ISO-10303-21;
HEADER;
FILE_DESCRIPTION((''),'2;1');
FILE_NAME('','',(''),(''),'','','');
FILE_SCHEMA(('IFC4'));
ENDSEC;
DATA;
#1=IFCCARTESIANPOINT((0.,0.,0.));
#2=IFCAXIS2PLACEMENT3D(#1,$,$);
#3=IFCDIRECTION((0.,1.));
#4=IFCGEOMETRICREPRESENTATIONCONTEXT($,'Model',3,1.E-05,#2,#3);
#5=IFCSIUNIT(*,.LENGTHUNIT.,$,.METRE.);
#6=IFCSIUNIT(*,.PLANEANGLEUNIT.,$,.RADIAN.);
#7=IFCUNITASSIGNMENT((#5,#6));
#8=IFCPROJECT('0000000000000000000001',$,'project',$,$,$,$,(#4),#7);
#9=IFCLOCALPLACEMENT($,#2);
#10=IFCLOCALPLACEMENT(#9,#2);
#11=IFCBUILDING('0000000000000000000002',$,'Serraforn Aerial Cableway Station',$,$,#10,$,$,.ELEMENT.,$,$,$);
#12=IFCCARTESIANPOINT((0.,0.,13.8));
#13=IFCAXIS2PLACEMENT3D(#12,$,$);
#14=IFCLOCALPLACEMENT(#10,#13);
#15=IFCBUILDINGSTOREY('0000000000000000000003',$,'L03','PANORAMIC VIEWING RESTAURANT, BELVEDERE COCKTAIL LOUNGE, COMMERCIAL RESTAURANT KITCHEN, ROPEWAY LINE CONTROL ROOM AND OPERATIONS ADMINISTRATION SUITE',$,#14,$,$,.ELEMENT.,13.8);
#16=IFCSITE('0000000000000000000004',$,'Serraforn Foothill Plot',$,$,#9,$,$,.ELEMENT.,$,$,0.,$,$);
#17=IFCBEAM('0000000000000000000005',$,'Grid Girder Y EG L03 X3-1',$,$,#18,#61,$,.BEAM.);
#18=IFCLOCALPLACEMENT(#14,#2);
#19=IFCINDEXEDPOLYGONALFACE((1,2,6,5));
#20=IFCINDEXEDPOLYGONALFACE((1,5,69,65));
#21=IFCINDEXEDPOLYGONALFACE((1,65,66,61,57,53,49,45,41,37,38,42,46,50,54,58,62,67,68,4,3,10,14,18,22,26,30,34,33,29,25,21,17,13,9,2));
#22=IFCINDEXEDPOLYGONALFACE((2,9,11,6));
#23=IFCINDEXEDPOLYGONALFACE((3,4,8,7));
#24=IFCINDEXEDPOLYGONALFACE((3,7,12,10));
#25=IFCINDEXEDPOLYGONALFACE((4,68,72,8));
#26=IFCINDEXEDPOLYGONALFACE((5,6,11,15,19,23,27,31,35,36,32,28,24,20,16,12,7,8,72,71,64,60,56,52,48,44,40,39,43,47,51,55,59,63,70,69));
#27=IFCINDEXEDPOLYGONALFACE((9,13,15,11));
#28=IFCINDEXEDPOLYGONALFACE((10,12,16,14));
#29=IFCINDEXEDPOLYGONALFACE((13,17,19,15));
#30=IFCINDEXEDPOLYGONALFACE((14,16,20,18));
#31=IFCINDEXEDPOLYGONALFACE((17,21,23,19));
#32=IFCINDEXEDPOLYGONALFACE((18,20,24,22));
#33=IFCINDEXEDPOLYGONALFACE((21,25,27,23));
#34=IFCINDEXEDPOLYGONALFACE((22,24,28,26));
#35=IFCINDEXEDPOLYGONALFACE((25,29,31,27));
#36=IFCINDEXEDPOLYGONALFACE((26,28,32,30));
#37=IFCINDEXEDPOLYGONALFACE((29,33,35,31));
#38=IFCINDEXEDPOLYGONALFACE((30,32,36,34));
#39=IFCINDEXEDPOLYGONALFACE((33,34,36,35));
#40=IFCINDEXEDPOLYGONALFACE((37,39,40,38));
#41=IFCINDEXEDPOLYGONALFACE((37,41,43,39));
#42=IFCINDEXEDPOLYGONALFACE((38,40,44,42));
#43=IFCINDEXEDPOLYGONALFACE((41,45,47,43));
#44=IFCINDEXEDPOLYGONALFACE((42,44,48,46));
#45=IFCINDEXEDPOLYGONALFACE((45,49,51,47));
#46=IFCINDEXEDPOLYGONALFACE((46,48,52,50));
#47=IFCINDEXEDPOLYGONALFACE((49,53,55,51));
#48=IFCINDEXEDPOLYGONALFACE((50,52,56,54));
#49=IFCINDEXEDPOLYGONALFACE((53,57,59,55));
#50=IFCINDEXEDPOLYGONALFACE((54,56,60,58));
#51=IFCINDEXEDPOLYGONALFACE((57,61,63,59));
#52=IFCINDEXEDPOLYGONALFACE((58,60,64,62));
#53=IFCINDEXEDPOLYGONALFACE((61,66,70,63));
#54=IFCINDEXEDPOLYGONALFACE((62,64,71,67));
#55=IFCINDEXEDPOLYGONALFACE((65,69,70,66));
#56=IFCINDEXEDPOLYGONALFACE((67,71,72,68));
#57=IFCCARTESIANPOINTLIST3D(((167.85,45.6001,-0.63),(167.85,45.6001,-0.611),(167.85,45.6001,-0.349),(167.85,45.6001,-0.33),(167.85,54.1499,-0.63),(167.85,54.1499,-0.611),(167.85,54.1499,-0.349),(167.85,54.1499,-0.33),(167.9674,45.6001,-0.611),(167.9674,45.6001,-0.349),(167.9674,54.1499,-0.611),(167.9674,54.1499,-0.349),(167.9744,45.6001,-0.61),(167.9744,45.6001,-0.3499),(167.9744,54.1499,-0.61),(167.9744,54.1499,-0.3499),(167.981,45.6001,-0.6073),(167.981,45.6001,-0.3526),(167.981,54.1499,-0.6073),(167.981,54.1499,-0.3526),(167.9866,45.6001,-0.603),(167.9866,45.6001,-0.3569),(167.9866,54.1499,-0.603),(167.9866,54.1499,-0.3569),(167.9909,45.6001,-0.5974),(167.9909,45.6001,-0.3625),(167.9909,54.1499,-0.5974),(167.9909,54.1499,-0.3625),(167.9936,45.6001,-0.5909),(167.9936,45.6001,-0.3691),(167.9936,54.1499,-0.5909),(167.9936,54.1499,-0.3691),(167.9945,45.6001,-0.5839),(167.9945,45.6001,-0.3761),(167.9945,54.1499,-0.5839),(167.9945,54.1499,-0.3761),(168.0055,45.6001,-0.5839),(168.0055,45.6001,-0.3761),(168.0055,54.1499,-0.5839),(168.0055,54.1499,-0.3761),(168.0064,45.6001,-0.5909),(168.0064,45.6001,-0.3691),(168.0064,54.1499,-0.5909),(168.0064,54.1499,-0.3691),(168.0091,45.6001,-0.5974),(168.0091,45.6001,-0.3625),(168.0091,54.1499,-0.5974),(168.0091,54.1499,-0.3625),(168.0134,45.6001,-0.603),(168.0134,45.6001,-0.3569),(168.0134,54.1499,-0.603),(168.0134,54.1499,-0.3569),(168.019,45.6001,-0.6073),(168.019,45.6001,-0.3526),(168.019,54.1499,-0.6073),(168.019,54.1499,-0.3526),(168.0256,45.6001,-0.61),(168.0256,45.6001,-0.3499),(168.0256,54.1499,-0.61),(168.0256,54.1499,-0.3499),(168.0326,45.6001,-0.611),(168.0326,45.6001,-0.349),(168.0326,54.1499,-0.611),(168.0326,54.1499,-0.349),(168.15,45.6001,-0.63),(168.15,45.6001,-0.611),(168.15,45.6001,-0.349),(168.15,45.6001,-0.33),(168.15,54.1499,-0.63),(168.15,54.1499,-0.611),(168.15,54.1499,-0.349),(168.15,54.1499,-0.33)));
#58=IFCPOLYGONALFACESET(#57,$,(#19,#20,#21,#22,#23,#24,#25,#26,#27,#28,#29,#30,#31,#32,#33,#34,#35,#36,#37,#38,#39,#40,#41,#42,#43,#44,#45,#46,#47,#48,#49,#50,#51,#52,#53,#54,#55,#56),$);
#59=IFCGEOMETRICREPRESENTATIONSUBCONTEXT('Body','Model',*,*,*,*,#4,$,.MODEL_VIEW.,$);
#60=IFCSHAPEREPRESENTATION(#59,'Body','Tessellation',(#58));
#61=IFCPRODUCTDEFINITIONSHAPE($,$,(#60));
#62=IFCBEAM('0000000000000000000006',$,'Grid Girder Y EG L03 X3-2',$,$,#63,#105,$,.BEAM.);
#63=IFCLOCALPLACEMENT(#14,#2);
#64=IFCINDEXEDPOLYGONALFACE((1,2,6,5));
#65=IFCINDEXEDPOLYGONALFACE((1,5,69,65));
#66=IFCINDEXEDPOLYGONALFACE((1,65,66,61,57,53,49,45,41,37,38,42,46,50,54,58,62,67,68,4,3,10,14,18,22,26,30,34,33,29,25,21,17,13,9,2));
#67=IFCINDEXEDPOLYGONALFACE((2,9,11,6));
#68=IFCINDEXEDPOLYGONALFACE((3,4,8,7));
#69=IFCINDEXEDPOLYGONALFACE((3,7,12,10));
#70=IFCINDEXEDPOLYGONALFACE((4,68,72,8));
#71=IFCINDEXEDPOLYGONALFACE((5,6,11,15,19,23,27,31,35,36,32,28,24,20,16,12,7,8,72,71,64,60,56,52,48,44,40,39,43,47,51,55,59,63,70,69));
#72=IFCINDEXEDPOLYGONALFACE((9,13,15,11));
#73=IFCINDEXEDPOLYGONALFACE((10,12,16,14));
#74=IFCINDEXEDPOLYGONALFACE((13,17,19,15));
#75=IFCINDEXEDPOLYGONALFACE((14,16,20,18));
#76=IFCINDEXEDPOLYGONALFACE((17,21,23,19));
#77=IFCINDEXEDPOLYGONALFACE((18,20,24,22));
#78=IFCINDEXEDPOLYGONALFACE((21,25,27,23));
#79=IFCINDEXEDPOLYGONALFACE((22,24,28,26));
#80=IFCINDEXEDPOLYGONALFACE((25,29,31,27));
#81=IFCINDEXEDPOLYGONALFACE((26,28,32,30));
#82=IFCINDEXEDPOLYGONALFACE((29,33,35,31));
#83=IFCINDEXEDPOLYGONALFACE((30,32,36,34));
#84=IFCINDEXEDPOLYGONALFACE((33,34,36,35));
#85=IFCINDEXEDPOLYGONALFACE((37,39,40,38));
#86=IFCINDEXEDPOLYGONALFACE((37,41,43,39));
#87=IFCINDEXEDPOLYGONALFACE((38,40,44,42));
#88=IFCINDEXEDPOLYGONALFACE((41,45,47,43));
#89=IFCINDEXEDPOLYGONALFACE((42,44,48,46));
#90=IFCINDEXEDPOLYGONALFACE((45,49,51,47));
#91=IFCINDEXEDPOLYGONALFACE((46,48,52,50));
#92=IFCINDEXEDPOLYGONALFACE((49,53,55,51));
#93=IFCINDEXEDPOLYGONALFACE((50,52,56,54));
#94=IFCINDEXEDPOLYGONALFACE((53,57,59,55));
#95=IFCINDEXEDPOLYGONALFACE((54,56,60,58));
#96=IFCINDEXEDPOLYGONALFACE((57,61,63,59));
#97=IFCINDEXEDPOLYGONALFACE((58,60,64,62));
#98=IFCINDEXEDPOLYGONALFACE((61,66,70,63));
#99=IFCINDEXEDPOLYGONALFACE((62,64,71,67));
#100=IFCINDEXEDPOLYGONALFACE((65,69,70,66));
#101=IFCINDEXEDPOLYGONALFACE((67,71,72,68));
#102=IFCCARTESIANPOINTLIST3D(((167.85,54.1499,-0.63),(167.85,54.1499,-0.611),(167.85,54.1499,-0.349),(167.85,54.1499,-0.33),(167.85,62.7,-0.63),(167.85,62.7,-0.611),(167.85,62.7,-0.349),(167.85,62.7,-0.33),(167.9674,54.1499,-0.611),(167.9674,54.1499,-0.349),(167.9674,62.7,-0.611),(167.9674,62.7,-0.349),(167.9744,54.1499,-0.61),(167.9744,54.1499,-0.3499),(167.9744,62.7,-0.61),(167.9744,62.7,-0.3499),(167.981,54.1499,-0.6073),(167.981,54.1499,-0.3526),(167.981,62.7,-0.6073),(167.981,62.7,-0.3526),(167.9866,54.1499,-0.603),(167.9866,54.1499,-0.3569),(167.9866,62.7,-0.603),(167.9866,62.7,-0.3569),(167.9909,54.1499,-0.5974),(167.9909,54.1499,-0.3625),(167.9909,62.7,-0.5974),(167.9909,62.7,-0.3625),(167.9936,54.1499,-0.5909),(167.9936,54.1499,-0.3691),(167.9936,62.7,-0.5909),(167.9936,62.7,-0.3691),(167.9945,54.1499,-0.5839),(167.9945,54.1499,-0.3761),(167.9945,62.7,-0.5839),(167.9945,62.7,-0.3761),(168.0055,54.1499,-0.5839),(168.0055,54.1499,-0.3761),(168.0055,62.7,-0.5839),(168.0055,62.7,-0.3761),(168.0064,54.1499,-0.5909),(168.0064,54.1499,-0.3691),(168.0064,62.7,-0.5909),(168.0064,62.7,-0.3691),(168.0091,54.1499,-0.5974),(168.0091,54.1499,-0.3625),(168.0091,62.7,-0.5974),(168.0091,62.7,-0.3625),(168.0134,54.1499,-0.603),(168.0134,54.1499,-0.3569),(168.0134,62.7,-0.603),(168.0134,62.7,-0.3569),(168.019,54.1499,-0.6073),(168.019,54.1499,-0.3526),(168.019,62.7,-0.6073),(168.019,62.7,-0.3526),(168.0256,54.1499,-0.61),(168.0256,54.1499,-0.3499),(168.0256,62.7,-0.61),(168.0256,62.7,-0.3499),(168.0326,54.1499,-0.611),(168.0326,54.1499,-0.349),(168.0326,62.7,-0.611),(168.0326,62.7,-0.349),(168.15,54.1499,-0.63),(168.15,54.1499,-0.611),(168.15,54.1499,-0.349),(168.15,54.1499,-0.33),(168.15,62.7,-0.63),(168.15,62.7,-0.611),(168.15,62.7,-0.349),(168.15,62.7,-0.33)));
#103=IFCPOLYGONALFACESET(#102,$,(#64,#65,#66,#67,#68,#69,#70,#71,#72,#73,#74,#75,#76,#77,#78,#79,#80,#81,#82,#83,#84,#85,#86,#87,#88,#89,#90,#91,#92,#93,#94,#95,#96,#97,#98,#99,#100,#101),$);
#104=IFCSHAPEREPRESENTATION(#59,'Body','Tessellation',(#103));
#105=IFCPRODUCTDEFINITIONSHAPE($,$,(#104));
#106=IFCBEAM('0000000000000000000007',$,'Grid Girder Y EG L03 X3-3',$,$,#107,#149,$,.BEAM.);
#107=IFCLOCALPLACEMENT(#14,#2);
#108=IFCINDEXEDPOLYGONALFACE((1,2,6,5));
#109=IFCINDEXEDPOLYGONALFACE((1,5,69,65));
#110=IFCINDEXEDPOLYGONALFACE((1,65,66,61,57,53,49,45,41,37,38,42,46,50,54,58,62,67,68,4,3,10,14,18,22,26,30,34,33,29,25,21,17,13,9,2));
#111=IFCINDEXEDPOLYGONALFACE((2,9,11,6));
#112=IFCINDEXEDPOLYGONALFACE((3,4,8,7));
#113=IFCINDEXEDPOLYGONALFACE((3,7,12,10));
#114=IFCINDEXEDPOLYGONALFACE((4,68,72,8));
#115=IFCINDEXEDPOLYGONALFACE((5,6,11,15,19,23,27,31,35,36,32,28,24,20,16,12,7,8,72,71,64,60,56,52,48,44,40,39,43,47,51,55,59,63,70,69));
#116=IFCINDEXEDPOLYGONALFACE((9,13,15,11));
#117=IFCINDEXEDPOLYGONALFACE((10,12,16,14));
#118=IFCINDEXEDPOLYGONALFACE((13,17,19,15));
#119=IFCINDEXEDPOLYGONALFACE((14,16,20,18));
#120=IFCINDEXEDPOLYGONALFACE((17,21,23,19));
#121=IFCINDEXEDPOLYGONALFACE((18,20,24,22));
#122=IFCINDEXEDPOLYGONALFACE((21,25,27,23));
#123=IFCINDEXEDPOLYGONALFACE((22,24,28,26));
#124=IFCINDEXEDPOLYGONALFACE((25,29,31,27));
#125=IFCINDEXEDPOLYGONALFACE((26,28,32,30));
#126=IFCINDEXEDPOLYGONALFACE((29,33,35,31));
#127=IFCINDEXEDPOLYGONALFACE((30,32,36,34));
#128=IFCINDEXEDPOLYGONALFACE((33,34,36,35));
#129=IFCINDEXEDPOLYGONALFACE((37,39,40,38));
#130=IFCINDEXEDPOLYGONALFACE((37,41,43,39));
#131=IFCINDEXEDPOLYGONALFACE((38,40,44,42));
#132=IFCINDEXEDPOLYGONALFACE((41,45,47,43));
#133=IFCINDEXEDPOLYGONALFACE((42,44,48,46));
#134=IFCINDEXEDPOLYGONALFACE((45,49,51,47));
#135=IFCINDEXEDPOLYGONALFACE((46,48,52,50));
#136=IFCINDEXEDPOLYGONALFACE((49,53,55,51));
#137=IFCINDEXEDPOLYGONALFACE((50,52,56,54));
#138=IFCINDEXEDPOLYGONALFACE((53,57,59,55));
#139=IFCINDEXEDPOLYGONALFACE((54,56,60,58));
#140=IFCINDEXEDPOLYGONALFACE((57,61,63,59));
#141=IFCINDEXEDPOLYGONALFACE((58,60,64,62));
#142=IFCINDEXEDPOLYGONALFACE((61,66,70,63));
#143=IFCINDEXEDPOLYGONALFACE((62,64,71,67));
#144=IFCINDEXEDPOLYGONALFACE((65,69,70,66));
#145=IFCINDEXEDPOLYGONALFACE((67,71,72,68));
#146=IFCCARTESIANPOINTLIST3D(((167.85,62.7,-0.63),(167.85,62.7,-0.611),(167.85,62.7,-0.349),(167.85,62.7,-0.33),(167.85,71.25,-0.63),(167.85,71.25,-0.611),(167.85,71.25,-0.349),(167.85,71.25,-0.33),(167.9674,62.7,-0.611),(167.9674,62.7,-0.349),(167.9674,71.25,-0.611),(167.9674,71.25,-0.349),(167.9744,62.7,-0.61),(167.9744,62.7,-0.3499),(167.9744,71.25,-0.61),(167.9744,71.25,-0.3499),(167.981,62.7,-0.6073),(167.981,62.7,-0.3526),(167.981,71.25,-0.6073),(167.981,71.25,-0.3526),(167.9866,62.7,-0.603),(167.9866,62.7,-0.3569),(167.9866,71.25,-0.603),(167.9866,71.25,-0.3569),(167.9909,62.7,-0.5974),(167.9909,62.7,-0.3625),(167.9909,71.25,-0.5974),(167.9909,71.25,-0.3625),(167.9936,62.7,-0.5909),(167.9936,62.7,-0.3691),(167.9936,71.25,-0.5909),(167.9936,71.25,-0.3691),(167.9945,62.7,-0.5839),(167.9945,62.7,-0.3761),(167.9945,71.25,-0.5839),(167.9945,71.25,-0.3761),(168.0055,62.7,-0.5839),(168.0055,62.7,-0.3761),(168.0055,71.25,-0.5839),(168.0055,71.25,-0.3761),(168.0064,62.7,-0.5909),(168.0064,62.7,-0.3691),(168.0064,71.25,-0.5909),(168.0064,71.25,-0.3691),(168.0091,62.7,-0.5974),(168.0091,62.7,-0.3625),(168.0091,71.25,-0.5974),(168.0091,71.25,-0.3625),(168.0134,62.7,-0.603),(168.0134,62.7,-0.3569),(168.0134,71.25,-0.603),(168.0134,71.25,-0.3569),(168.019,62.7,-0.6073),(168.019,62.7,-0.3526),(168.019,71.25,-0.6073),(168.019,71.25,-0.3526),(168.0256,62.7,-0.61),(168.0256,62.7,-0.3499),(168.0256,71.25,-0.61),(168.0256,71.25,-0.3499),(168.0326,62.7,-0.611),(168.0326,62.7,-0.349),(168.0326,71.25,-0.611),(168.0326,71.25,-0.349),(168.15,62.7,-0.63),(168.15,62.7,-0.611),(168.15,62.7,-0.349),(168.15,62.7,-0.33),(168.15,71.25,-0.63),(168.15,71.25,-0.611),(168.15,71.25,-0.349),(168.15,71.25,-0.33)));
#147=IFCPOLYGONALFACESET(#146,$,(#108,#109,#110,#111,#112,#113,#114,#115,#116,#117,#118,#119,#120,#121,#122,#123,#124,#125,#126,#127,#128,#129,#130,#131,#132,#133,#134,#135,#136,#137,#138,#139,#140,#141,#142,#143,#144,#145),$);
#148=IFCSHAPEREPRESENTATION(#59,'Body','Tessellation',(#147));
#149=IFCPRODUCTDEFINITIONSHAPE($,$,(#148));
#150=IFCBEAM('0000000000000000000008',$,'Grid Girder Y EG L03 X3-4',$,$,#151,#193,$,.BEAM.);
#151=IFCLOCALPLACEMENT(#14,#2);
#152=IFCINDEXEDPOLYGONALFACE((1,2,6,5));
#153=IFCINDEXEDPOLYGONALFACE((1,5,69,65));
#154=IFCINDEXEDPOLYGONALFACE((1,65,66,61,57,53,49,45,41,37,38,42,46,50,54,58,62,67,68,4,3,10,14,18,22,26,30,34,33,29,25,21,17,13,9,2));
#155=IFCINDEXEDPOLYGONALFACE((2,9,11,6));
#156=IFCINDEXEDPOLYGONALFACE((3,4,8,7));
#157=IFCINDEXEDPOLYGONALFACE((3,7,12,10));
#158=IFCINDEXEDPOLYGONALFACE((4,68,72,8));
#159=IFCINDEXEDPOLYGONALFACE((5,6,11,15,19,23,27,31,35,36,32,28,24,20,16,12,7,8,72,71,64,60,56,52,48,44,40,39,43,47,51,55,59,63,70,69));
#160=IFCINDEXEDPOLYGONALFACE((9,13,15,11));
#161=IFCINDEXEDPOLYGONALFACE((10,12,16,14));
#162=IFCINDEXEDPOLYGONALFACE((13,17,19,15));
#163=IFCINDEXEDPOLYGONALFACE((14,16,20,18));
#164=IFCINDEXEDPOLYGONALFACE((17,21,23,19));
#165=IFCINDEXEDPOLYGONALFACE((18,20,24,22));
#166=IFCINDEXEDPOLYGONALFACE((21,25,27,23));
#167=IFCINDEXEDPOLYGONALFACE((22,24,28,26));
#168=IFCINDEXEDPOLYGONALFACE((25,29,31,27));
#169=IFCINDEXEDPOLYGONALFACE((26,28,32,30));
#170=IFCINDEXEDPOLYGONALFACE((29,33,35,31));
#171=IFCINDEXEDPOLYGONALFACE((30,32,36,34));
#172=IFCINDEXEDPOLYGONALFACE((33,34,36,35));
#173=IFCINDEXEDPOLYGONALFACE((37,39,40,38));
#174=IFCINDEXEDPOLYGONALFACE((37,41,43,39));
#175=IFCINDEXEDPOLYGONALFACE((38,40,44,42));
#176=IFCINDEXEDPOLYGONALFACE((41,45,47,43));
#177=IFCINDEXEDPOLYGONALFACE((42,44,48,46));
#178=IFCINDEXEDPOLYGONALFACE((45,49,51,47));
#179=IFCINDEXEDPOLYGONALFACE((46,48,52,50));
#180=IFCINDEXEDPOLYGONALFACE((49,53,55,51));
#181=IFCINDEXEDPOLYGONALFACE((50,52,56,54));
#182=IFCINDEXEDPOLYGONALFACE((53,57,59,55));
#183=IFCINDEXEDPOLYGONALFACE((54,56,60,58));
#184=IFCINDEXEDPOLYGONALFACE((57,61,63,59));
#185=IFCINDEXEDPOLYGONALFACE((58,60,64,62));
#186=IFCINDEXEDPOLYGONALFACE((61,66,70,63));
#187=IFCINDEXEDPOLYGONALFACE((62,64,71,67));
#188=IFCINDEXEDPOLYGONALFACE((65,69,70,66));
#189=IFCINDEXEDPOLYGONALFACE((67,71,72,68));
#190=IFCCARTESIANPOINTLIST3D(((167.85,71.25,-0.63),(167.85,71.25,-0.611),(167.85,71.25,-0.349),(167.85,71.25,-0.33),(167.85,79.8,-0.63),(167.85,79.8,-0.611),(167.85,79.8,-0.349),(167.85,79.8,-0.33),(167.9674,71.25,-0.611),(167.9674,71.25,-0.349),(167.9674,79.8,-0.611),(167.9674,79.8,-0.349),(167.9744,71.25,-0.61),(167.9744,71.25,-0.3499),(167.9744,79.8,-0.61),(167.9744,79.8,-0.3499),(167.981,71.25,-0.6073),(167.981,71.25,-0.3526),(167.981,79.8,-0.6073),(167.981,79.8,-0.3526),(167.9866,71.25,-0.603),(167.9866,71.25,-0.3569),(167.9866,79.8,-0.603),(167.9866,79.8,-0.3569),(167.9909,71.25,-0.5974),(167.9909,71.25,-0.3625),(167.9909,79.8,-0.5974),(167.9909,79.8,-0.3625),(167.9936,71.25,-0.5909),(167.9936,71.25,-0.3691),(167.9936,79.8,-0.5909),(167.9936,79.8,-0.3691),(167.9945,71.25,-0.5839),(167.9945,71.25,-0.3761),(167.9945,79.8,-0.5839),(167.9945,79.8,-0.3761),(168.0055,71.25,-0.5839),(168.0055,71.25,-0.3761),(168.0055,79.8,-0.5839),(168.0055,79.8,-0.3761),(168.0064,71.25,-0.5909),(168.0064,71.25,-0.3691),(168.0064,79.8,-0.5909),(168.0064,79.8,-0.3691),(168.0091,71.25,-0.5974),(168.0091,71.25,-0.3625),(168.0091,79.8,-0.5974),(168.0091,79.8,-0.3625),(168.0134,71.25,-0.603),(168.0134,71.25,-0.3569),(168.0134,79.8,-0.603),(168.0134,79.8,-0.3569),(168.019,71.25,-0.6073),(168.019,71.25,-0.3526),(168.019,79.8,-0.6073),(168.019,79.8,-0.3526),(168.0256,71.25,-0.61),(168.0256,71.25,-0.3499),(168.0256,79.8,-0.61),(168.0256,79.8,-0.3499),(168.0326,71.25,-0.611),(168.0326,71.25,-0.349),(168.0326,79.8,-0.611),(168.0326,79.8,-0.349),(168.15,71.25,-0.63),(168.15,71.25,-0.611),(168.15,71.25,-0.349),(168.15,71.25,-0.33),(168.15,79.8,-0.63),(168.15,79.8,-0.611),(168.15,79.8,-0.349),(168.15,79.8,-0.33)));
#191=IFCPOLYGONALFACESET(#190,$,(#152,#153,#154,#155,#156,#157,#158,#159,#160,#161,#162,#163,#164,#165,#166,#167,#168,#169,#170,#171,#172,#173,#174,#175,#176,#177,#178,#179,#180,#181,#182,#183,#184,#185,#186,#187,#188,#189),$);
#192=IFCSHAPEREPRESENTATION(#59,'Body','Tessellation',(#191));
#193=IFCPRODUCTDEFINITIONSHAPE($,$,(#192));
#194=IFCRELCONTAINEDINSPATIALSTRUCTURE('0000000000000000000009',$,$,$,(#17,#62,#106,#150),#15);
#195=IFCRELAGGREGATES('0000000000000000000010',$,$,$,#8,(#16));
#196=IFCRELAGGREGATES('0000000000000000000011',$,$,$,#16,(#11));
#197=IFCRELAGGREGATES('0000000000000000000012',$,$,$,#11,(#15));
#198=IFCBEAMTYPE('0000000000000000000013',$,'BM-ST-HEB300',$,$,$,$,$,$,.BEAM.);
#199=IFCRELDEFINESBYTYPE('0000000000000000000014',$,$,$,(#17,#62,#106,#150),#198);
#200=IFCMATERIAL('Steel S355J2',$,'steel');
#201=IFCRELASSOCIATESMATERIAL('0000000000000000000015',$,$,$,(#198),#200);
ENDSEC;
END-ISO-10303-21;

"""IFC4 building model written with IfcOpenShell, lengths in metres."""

from ifc_helpers import new_model, si_unit, direction, frame, origin, origin_2d, place, context, subcontext, project, spatial, i_section, extrude, material, material_profile, profile_set, type_object, element, save


model = new_model("IFC4")

# Units and contexts
model_context = context("Model", 3, precision=1e-05, world=origin(), true_north=direction((0.0, 1.0)))
body_context = subcontext(model_context, "Body", "Model", "MODEL_VIEW")
ifc_project = project(units=[si_unit("LENGTHUNIT", "METRE"), si_unit("PLANEANGLEUNIT", "RADIAN")], contexts=[model_context])

# Site, building, storey
site_placement = place(None, origin())
site = spatial("IfcSite", under=ifc_project, at=site_placement, Name="Serraforn Foothill Plot", CompositionType="ELEMENT", RefElevation=0.0)
building_placement = place(site_placement, origin())
building = spatial("IfcBuilding", under=site, at=building_placement, Name="Serraforn Aerial Cableway Station", CompositionType="ELEMENT")
storey_placement = place(building_placement, frame((0.0, 0.0, 13.8)))
storey = spatial("IfcBuildingStorey", under=building, at=storey_placement, Name="L03", Description="PANORAMIC VIEWING RESTAURANT, BELVEDERE COCKTAIL LOUNGE, COMMERCIAL RESTAURANT KITCHEN, ROPEWAY LINE CONTROL ROOM AND OPERATIONS ADMINISTRATION SUITE", CompositionType="ELEMENT", Elevation=13.8)

# Beams
ifc_material_1 = material(Name="Steel S355J2", Category="steel")
ifc_material_profile_1 = material_profile(ifc_material_1, i_section(OverallWidth=0.3, OverallDepth=0.3, WebThickness=0.011, FlangeThickness=0.019, FilletRadius=0.0271, at=origin_2d()), Name="HEB 300")
ifc_profile_set_1 = profile_set([ifc_material_profile_1], Name="Steel S355J2")
beam_type_1 = type_object("IfcBeamType", Name="BM-ST-HEB300", PredefinedType="BEAM", material=ifc_profile_set_1)
beam_1_placement = place(storey_placement, frame((168.0, 45.6001, -0.48), z_axis=(0.0, 1.0, 0.0), x_axis=(-1.0, 0.0, 0.0)))
element("IfcBeam", 1, at=beam_1_placement, inside=storey, type_object=beam_type_1, Name="Grid Girder Y EG L03 X3-1", PredefinedType="BEAM", context=body_context, shape_type="SweptSolid", body=[
    extrude(i_section(OverallWidth=0.3, OverallDepth=0.3, WebThickness=0.011, FlangeThickness=0.019, FilletRadius=0.0271, at=origin_2d()), origin(), (0.0, 0.0, 1.0), 8.5498),
])
for number, where, z_axis, x_axis, name in (
    (2, (168.0, 54.1499, -0.48), (0.0, 1.0, 0.0), (-1.0, 0.0, 0.0), "Grid Girder Y EG L03 X3-2"),
    (3, (168.0, 62.7, -0.48), (0.0, 1.0, 0.0), (-1.0, 0.0, 0.0), "Grid Girder Y EG L03 X3-3"),
    (4, (168.0, 71.25, -0.48), (0.0, 1.0, 0.0), (-1.0, 0.0, 0.0), "Grid Girder Y EG L03 X3-4"),
):
    element("IfcBeam", number, at=place(storey_placement, frame(where, z_axis=z_axis, x_axis=x_axis)), inside=storey, type_object=beam_type_1, Name=name, PredefinedType="BEAM", context=body_context, shape_type="SweptSolid", body=[
        extrude(i_section(OverallWidth=0.3, OverallDepth=0.3, WebThickness=0.011, FlangeThickness=0.019, FilletRadius=0.0271, at=origin_2d()), origin(), (0.0, 0.0, 1.0), 8.55),
    ])

save(model, "model.ifc")
